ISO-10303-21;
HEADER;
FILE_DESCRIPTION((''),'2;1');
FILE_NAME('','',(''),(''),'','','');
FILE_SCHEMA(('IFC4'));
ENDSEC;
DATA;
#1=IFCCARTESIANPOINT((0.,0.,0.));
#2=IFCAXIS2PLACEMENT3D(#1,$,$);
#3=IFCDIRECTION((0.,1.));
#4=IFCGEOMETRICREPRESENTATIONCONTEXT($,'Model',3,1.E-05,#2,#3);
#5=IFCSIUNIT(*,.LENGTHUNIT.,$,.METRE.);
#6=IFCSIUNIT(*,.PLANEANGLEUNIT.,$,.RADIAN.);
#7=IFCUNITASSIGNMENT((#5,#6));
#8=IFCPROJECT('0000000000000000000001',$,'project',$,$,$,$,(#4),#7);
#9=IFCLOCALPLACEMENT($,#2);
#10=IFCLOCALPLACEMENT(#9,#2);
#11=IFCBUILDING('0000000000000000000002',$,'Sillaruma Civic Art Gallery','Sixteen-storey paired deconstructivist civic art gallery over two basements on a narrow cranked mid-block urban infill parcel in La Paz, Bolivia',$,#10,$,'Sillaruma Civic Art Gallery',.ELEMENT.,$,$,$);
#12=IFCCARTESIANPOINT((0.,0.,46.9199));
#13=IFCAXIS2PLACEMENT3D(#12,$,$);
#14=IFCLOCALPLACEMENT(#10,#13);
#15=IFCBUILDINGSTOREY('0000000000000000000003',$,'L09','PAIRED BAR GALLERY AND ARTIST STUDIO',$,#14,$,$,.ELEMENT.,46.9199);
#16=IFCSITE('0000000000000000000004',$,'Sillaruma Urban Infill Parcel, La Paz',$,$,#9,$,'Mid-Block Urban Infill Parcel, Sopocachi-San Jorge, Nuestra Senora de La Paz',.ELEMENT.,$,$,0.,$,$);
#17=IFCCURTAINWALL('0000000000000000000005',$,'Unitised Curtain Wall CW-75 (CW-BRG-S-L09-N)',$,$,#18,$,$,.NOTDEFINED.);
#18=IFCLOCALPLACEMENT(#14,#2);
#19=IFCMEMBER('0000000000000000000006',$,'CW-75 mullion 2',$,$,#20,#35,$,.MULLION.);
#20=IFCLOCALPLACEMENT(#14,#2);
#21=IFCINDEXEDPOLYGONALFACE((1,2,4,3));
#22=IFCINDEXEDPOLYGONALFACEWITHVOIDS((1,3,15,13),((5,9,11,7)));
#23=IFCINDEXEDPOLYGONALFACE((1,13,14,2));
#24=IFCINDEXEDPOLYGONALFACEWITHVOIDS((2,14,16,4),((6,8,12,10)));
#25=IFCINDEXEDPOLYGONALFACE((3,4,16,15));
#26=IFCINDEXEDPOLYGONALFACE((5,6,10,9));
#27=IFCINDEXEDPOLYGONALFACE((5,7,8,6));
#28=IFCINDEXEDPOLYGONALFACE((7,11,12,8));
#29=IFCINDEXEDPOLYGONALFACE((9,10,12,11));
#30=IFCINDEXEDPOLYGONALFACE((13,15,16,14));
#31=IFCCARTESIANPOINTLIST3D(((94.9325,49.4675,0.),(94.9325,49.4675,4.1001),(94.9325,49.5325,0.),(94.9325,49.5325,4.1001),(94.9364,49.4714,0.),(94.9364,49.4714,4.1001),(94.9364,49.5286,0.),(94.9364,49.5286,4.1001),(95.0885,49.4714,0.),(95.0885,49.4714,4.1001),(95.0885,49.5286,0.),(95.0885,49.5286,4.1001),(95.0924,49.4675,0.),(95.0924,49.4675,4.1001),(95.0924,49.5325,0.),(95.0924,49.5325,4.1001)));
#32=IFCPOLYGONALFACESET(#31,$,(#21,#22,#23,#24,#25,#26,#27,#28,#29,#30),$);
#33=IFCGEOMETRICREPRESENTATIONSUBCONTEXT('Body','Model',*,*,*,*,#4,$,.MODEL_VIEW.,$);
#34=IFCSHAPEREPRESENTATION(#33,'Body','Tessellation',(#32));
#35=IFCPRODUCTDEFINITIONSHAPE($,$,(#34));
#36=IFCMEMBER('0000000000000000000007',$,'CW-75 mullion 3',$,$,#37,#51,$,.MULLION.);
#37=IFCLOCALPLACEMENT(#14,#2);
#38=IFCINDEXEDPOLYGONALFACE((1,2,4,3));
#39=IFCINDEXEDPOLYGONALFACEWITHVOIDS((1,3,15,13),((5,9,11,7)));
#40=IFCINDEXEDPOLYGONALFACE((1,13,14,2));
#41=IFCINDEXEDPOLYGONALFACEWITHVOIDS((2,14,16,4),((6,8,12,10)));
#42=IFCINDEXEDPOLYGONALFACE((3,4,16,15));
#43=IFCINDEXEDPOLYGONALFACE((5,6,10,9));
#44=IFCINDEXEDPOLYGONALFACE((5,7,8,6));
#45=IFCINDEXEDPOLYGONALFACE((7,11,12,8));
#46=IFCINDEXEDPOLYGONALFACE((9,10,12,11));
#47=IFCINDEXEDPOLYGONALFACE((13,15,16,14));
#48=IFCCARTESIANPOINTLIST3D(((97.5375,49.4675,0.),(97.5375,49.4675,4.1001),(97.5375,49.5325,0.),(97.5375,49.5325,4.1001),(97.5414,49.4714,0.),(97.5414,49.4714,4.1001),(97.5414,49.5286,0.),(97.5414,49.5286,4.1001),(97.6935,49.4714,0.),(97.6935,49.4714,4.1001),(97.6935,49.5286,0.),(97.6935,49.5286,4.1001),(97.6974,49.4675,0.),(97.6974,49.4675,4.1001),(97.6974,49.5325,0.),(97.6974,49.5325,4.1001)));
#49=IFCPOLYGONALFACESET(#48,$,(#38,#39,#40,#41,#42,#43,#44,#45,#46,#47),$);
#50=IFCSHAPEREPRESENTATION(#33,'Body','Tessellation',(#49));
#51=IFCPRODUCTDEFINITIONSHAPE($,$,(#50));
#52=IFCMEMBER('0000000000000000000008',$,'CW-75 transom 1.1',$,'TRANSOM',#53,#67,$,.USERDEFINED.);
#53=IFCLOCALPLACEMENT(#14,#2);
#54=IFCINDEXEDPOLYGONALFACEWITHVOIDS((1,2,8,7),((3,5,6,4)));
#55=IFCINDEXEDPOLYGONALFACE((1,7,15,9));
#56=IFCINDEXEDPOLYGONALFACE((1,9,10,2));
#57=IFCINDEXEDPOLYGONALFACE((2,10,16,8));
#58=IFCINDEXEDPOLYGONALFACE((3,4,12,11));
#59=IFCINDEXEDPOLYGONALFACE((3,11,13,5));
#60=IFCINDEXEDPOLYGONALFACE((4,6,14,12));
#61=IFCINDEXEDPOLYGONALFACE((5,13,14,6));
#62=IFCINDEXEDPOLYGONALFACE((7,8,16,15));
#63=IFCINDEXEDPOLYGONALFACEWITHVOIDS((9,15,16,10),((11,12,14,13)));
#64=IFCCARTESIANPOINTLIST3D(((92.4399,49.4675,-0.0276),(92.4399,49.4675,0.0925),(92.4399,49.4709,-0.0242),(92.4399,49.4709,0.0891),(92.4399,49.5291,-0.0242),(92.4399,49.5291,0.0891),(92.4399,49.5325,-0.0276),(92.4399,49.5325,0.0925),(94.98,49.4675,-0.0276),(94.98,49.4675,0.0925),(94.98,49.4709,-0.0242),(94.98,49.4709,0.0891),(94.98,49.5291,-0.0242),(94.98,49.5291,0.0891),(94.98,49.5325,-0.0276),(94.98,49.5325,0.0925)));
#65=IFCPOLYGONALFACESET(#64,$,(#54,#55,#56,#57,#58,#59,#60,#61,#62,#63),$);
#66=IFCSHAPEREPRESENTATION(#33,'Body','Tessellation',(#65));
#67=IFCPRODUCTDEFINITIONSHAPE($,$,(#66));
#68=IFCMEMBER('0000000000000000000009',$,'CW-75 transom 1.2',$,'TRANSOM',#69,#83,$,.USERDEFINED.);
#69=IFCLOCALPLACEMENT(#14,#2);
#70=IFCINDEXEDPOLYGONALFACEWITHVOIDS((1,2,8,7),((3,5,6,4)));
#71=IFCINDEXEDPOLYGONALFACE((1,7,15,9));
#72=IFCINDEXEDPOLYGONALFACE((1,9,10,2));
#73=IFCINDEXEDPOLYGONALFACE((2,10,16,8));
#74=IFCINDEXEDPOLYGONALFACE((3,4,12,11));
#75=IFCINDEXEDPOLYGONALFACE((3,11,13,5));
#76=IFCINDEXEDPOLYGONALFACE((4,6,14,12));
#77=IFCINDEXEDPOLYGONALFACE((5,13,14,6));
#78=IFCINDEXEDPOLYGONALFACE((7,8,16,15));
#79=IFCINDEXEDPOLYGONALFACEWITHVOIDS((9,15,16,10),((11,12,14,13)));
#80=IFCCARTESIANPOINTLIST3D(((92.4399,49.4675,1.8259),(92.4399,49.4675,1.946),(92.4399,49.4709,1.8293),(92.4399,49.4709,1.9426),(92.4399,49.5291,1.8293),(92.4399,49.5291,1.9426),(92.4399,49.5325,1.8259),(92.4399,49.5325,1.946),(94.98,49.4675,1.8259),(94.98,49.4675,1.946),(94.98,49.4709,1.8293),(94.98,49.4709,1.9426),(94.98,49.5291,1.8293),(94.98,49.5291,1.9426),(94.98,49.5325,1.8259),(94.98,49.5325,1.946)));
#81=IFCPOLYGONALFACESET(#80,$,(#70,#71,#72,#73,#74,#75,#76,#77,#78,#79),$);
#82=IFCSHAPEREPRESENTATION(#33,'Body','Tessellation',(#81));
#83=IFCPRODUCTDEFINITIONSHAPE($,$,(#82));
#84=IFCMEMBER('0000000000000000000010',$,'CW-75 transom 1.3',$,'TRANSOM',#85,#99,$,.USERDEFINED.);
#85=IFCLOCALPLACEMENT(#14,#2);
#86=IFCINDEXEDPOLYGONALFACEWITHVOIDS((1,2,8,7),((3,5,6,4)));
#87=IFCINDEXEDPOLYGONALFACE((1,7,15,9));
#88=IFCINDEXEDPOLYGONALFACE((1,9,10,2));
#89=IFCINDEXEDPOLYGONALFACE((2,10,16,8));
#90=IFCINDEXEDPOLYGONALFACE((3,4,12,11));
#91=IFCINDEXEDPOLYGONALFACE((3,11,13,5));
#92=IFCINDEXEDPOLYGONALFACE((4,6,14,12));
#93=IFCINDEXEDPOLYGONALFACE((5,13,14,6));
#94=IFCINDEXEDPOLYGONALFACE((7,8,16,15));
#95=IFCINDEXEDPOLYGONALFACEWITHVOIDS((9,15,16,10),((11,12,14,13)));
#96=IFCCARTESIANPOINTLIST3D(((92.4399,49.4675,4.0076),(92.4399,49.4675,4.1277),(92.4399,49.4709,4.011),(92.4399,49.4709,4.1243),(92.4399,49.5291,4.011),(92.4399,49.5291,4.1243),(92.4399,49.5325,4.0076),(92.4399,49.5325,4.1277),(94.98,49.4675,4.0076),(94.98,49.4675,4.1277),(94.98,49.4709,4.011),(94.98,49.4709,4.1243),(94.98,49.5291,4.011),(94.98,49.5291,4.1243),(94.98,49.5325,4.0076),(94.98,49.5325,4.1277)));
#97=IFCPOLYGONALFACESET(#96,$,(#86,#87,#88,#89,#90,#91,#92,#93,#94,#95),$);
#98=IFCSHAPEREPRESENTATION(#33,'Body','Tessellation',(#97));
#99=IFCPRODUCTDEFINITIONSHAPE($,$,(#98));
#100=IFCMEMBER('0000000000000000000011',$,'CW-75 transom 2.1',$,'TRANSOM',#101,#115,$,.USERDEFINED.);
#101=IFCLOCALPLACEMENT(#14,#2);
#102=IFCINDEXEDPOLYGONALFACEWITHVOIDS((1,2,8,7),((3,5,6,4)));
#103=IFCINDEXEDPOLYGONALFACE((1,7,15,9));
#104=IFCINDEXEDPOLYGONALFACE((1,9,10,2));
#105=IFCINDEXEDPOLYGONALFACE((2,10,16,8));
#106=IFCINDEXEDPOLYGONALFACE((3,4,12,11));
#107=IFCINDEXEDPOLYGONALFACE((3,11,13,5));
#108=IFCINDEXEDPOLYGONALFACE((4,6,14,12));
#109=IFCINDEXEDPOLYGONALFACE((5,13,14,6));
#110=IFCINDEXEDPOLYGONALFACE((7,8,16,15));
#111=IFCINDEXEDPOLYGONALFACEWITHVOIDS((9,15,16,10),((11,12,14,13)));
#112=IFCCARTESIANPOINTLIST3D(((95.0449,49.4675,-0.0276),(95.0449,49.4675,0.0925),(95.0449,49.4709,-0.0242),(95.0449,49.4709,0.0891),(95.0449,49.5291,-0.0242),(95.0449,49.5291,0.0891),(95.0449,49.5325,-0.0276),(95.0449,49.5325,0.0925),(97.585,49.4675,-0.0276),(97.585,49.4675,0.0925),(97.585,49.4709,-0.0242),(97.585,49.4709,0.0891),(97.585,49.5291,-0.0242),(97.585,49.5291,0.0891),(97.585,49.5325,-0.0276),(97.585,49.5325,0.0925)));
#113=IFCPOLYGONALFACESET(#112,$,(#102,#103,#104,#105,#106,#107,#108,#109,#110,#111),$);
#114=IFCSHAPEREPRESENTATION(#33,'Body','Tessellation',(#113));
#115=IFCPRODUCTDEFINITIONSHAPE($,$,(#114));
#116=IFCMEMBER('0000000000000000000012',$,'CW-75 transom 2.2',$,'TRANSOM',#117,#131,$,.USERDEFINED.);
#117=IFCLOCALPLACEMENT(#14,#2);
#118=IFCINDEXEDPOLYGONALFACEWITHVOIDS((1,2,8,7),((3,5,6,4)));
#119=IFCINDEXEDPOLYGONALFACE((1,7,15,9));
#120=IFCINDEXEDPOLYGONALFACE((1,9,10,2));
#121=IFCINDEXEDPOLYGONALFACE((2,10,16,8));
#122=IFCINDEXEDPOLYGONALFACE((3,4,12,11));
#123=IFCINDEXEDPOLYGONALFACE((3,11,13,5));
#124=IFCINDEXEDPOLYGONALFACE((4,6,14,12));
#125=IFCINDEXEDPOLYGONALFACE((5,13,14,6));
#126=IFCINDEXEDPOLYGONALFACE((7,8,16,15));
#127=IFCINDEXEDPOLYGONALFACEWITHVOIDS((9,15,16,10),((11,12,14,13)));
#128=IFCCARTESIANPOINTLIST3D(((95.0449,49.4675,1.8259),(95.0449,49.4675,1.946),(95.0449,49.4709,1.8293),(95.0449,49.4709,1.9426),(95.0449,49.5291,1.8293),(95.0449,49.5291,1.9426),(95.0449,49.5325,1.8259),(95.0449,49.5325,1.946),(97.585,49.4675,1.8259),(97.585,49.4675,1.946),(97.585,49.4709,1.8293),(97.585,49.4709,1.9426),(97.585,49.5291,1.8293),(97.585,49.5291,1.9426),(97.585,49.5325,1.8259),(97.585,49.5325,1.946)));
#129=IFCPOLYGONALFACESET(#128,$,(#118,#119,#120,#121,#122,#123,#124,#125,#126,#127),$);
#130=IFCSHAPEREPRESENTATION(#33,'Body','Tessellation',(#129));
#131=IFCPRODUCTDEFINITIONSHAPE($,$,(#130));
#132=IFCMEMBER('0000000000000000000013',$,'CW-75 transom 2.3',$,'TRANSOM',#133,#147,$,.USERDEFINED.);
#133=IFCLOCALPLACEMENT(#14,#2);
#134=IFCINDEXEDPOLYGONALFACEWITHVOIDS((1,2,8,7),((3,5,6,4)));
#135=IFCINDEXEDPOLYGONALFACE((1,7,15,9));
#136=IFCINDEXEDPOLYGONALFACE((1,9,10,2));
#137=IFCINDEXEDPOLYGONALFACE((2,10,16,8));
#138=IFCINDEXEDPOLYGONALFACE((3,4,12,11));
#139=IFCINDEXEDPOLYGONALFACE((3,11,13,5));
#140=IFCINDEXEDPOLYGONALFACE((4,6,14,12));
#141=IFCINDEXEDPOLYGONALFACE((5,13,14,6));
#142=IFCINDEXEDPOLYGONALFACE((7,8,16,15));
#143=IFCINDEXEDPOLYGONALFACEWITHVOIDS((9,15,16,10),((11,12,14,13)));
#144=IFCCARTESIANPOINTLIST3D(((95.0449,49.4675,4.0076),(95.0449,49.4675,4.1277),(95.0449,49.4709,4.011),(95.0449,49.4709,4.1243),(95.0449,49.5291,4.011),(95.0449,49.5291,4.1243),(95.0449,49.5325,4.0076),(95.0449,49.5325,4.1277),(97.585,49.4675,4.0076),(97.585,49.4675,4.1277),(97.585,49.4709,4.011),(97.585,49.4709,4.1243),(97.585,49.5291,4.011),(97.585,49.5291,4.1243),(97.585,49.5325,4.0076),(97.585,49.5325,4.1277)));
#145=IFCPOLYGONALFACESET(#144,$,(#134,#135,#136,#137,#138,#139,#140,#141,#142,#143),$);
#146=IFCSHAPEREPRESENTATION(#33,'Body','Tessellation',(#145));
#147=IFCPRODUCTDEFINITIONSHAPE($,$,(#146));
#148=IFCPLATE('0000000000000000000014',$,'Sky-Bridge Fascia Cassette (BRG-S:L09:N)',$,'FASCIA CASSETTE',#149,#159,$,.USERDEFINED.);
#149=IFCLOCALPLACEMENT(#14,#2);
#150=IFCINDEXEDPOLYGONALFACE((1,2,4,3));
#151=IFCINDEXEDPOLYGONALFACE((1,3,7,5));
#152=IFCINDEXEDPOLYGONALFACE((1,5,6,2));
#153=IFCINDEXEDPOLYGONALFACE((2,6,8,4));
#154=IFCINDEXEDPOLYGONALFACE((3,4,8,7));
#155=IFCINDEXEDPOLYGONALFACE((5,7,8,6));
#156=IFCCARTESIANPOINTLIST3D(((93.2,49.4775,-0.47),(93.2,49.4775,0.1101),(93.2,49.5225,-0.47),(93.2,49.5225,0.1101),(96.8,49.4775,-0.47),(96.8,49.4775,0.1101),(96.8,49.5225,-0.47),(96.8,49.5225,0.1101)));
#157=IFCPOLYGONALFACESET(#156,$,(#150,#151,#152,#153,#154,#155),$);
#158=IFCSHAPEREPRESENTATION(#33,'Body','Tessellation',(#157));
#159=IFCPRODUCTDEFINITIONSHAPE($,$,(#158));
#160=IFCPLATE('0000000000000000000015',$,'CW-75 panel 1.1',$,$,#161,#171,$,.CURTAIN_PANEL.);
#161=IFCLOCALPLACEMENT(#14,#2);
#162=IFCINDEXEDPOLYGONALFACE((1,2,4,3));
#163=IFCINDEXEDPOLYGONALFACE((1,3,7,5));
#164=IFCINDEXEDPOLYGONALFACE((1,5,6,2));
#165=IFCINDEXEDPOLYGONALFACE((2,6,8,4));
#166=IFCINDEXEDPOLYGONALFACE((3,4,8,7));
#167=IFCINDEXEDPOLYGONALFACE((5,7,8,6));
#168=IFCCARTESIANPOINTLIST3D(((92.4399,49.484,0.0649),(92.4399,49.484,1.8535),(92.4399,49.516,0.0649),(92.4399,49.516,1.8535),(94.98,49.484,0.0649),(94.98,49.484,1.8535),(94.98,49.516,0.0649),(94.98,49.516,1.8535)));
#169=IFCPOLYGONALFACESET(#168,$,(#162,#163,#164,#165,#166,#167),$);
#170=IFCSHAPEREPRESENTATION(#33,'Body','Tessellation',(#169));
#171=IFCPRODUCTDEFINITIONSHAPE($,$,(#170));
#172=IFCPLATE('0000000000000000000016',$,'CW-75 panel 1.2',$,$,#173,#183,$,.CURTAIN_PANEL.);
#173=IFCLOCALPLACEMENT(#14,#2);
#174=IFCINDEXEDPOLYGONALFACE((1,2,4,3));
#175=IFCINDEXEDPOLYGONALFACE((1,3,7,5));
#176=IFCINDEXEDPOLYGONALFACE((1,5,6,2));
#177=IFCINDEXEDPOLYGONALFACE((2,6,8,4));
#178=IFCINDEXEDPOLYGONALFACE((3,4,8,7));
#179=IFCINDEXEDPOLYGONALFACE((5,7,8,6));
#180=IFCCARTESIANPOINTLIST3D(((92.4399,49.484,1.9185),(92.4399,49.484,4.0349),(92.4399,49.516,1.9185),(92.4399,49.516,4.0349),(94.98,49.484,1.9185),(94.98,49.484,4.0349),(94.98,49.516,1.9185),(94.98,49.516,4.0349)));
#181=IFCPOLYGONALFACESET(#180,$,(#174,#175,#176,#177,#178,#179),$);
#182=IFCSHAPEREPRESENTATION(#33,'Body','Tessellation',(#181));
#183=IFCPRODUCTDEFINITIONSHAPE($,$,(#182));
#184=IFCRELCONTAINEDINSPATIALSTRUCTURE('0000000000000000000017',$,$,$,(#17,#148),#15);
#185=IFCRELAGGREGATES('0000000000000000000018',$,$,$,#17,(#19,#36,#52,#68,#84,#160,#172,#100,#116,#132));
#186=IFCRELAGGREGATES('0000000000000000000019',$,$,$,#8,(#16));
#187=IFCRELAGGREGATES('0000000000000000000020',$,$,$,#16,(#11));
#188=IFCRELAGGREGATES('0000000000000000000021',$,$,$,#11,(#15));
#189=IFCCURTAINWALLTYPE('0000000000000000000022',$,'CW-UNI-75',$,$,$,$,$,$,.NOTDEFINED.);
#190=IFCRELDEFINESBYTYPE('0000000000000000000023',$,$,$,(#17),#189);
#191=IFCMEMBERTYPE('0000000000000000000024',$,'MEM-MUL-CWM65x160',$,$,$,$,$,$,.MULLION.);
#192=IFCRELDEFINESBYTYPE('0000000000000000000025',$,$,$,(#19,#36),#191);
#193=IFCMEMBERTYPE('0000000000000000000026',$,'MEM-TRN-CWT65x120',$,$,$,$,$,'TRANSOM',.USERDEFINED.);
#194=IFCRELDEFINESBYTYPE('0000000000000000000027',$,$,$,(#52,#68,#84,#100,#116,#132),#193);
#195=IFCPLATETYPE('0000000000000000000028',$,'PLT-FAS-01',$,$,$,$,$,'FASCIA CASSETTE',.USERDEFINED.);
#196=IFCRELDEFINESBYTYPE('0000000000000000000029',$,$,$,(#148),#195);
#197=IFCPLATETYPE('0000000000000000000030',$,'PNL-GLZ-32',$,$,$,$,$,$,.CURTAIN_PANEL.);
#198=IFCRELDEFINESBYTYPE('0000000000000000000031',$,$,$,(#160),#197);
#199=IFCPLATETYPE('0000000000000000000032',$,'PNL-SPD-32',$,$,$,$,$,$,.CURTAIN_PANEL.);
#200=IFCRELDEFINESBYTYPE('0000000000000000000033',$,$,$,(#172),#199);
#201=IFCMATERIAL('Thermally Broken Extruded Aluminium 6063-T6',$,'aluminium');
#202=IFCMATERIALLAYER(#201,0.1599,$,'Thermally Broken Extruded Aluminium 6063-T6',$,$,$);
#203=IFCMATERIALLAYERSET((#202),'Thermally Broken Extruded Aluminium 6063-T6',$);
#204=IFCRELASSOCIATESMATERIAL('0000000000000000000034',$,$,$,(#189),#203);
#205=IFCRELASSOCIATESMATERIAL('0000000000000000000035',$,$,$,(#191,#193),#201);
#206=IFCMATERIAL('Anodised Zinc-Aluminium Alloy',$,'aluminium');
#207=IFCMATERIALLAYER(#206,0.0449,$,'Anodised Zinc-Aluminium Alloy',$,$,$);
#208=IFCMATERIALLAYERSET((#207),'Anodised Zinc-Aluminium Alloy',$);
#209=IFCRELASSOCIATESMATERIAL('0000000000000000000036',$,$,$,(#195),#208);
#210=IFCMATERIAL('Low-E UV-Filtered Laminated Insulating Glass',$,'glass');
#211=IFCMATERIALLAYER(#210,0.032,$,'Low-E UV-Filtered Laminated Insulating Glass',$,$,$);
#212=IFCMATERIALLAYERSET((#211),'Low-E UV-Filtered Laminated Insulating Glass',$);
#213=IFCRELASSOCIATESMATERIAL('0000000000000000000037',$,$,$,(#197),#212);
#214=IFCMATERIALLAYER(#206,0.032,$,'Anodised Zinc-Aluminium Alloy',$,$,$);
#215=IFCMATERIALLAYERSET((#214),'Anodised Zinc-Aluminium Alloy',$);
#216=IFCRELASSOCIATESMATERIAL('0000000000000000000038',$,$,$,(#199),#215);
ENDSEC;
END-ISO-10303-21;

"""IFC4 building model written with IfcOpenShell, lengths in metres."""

from ifc_helpers import new_model, si_unit, direction, frame, origin, origin_2d, place, context, subcontext, project, spatial, rectangle, hollow_rectangle, extrude, material, layer, layer_set, material_profile, profile_set, type_object, element, aggregate, save


model = new_model("IFC4")

# Units and contexts
model_context = context("Model", 3, precision=1e-05, world=origin(), true_north=direction((0.0, 1.0)))
body_context = subcontext(model_context, "Body", "Model", "MODEL_VIEW")
ifc_project = project(units=[si_unit("LENGTHUNIT", "METRE"), si_unit("PLANEANGLEUNIT", "RADIAN")], contexts=[model_context])

# Site, building, storey
site_placement = place(None, origin())
site = spatial("IfcSite", under=ifc_project, at=site_placement, Name="Sillaruma Urban Infill Parcel, La Paz", LongName="Mid-Block Urban Infill Parcel, Sopocachi-San Jorge, Nuestra Senora de La Paz", CompositionType="ELEMENT", RefElevation=0.0)
building_placement = place(site_placement, origin())
building = spatial("IfcBuilding", under=site, at=building_placement, Name="Sillaruma Civic Art Gallery", Description="Sixteen-storey paired deconstructivist civic art gallery over two basements on a narrow cranked mid-block urban infill parcel in La Paz, Bolivia", LongName="Sillaruma Civic Art Gallery", CompositionType="ELEMENT")
storey_placement = place(building_placement, frame((0.0, 0.0, 46.9199)))
storey = spatial("IfcBuildingStorey", under=building, at=storey_placement, Name="L09", Description="PAIRED BAR GALLERY AND ARTIST STUDIO", CompositionType="ELEMENT", Elevation=46.9199)

# Curtain wall, members
ifc_material_1 = material(Name="Thermally Broken Extruded Aluminium 6063-T6", Category="aluminium")
ifc_layer_1 = layer(ifc_material_1, 0.1599, Name="Thermally Broken Extruded Aluminium 6063-T6")
ifc_layer_set_1 = layer_set([ifc_layer_1], Name="Thermally Broken Extruded Aluminium 6063-T6")
curtain_wall_type = type_object("IfcCurtainWallType", Name="CW-UNI-75", PredefinedType="NOTDEFINED", material=ifc_layer_set_1)
curtain_wall_placement = place(storey_placement, origin())
curtain_wall = element("IfcCurtainWall", 1, at=curtain_wall_placement, inside=storey, type_object=curtain_wall_type, Name="Unitised Curtain Wall CW-75 (CW-BRG-S-L09-N)", PredefinedType="NOTDEFINED")
ifc_material_profile_1 = material_profile(ifc_material_1, hollow_rectangle(XDim=0.0649, YDim=0.1599, WallThickness=0.0039, at=origin_2d()), Name="CWM65x160")
ifc_profile_set_1 = profile_set([ifc_material_profile_1], Name="Thermally Broken Extruded Aluminium 6063-T6")
member_type_1 = type_object("IfcMemberType", Name="MEM-MUL-CWM65x160", PredefinedType="MULLION", material=ifc_profile_set_1)
member_1_placement = place(storey_placement, frame((95.0125, 49.5, 0.0), z_axis=(0.0, 0.0, 1.0), x_axis=(0.0, 1.0, 0.0)))
member_1 = element("IfcMember", 2, at=member_1_placement, type_object=member_type_1, Name="CW-75 mullion 2", PredefinedType="MULLION", context=body_context, shape_type="SweptSolid", body=[
    extrude(hollow_rectangle(XDim=0.0649, YDim=0.1599, WallThickness=0.0039, at=origin_2d()), origin(), (0.0, 0.0, 1.0), 4.1001),
])
member_2_placement = place(storey_placement, frame((97.6174, 49.5, 0.0), z_axis=(0.0, 0.0, 1.0), x_axis=(0.0, 1.0, 0.0)))
member_2 = element("IfcMember", 3, at=member_2_placement, type_object=member_type_1, Name="CW-75 mullion 3", PredefinedType="MULLION", context=body_context, shape_type="SweptSolid", body=[
    extrude(hollow_rectangle(XDim=0.0649, YDim=0.1599, WallThickness=0.0039, at=origin_2d()), origin(), (0.0, 0.0, 1.0), 4.1001),
])
ifc_material_profile_2 = material_profile(ifc_material_1, hollow_rectangle(XDim=0.0649, YDim=0.1201, WallThickness=0.0034, at=origin_2d()), Name="CWT65x120")
ifc_profile_set_2 = profile_set([ifc_material_profile_2], Name="Thermally Broken Extruded Aluminium 6063-T6")
member_type_2 = type_object("IfcMemberType", Name="MEM-TRN-CWT65x120", ElementType="TRANSOM", PredefinedType="USERDEFINED", material=ifc_profile_set_2)
member_3_placement = place(storey_placement, frame((92.4399, 49.5, 0.0325), z_axis=(1.0, 0.0, 0.0), x_axis=(0.0, 1.0, 0.0)))
member_3 = element("IfcMember", 4, at=member_3_placement, type_object=member_type_2, Name="CW-75 transom 1.1", ObjectType="TRANSOM", PredefinedType="USERDEFINED", context=body_context, shape_type="SweptSolid", body=[
    extrude(hollow_rectangle(XDim=0.0649, YDim=0.1201, WallThickness=0.0034, at=origin_2d()), origin(), (0.0, 0.0, 1.0), 2.54),
])
member_4_placement = place(storey_placement, frame((92.4399, 49.5, 1.886), z_axis=(1.0, 0.0, 0.0), x_axis=(0.0, 1.0, 0.0)))
member_4 = element("IfcMember", 5, at=member_4_placement, type_object=member_type_2, Name="CW-75 transom 1.2", ObjectType="TRANSOM", PredefinedType="USERDEFINED", context=body_context, shape_type="SweptSolid", body=[
    extrude(hollow_rectangle(XDim=0.0649, YDim=0.1201, WallThickness=0.0034, at=origin_2d()), origin(), (0.0, 0.0, 1.0), 2.54),
])
member_5_placement = place(storey_placement, frame((92.4399, 49.5, 4.0676), z_axis=(1.0, 0.0, 0.0), x_axis=(0.0, 1.0, 0.0)))
member_5 = element("IfcMember", 6, at=member_5_placement, type_object=member_type_2, Name="CW-75 transom 1.3", ObjectType="TRANSOM", PredefinedType="USERDEFINED", context=body_context, shape_type="SweptSolid", body=[
    extrude(hollow_rectangle(XDim=0.0649, YDim=0.1201, WallThickness=0.0034, at=origin_2d()), origin(), (0.0, 0.0, 1.0), 2.54),
])
member_6_placement = place(storey_placement, frame((95.0449, 49.5, 0.0325), z_axis=(1.0, 0.0, 0.0), x_axis=(0.0, 1.0, 0.0)))
member_6 = element("IfcMember", 7, at=member_6_placement, type_object=member_type_2, Name="CW-75 transom 2.1", ObjectType="TRANSOM", PredefinedType="USERDEFINED", context=body_context, shape_type="SweptSolid", body=[
    extrude(hollow_rectangle(XDim=0.0649, YDim=0.1201, WallThickness=0.0034, at=origin_2d()), origin(), (0.0, 0.0, 1.0), 2.54),
])
member_7_placement = place(storey_placement, frame((95.0449, 49.5, 1.886), z_axis=(1.0, 0.0, 0.0), x_axis=(0.0, 1.0, 0.0)))
member_7 = element("IfcMember", 8, at=member_7_placement, type_object=member_type_2, Name="CW-75 transom 2.2", ObjectType="TRANSOM", PredefinedType="USERDEFINED", context=body_context, shape_type="SweptSolid", body=[
    extrude(hollow_rectangle(XDim=0.0649, YDim=0.1201, WallThickness=0.0034, at=origin_2d()), origin(), (0.0, 0.0, 1.0), 2.54),
])
member_8_placement = place(storey_placement, frame((95.0449, 49.5, 4.0676), z_axis=(1.0, 0.0, 0.0), x_axis=(0.0, 1.0, 0.0)))
member_8 = element("IfcMember", 9, at=member_8_placement, type_object=member_type_2, Name="CW-75 transom 2.3", ObjectType="TRANSOM", PredefinedType="USERDEFINED", context=body_context, shape_type="SweptSolid", body=[
    extrude(hollow_rectangle(XDim=0.0649, YDim=0.1201, WallThickness=0.0034, at=origin_2d()), origin(), (0.0, 0.0, 1.0), 2.54),
])

# Plates
ifc_material_2 = material(Name="Anodised Zinc-Aluminium Alloy", Category="aluminium")
ifc_layer_2 = layer(ifc_material_2, 0.0449, Name="Anodised Zinc-Aluminium Alloy")
ifc_layer_set_2 = layer_set([ifc_layer_2], Name="Anodised Zinc-Aluminium Alloy")
plate_type_1 = type_object("IfcPlateType", Name="PLT-FAS-01", ElementType="FASCIA CASSETTE", PredefinedType="USERDEFINED", material=ifc_layer_set_2)
plate_1_placement = place(storey_placement, frame((95.0, 49.5, -0.47), z_axis=(0.0, 0.0, 1.0), x_axis=(1.0, 0.0, 0.0)))
element("IfcPlate", 10, at=plate_1_placement, inside=storey, type_object=plate_type_1, Name="Sky-Bridge Fascia Cassette (BRG-S:L09:N)", ObjectType="FASCIA CASSETTE", PredefinedType="USERDEFINED", context=body_context, shape_type="SweptSolid", body=[
    extrude(rectangle(XDim=3.6001, YDim=0.0449, at=origin_2d()), origin(), (0.0, 0.0, 1.0), 0.5801),
])
ifc_material_3 = material(Name="Low-E UV-Filtered Laminated Insulating Glass", Category="glass")
ifc_layer_3 = layer(ifc_material_3, 0.032, Name="Low-E UV-Filtered Laminated Insulating Glass")
ifc_layer_set_3 = layer_set([ifc_layer_3], Name="Low-E UV-Filtered Laminated Insulating Glass")
plate_type_2 = type_object("IfcPlateType", Name="PNL-GLZ-32", PredefinedType="CURTAIN_PANEL", material=ifc_layer_set_3)
plate_2_placement = place(storey_placement, frame((93.71, 49.5, 0.0649), z_axis=(0.0, 0.0, 1.0), x_axis=(1.0, 0.0, 0.0)))
plate_2 = element("IfcPlate", 11, at=plate_2_placement, type_object=plate_type_2, Name="CW-75 panel 1.1", PredefinedType="CURTAIN_PANEL", context=body_context, shape_type="SweptSolid", body=[
    extrude(rectangle(XDim=2.54, YDim=0.032, at=origin_2d()), origin(), (0.0, 0.0, 1.0), 1.7886),
])
ifc_layer_4 = layer(ifc_material_2, 0.032, Name="Anodised Zinc-Aluminium Alloy")
ifc_layer_set_4 = layer_set([ifc_layer_4], Name="Anodised Zinc-Aluminium Alloy")
plate_type_3 = type_object("IfcPlateType", Name="PNL-SPD-32", PredefinedType="CURTAIN_PANEL", material=ifc_layer_set_4)
plate_3_placement = place(storey_placement, frame((93.71, 49.5, 1.9185), z_axis=(0.0, 0.0, 1.0), x_axis=(1.0, 0.0, 0.0)))
plate_3 = element("IfcPlate", 12, at=plate_3_placement, type_object=plate_type_3, Name="CW-75 panel 1.2", PredefinedType="CURTAIN_PANEL", context=body_context, shape_type="SweptSolid", body=[
    extrude(rectangle(XDim=2.54, YDim=0.032, at=origin_2d()), origin(), (0.0, 0.0, 1.0), 2.1165),
])
aggregate(curtain_wall, [member_1, member_2, member_3, member_4, member_5, plate_2, plate_3, member_6, member_7, member_8])

save(model, "model.ifc")
